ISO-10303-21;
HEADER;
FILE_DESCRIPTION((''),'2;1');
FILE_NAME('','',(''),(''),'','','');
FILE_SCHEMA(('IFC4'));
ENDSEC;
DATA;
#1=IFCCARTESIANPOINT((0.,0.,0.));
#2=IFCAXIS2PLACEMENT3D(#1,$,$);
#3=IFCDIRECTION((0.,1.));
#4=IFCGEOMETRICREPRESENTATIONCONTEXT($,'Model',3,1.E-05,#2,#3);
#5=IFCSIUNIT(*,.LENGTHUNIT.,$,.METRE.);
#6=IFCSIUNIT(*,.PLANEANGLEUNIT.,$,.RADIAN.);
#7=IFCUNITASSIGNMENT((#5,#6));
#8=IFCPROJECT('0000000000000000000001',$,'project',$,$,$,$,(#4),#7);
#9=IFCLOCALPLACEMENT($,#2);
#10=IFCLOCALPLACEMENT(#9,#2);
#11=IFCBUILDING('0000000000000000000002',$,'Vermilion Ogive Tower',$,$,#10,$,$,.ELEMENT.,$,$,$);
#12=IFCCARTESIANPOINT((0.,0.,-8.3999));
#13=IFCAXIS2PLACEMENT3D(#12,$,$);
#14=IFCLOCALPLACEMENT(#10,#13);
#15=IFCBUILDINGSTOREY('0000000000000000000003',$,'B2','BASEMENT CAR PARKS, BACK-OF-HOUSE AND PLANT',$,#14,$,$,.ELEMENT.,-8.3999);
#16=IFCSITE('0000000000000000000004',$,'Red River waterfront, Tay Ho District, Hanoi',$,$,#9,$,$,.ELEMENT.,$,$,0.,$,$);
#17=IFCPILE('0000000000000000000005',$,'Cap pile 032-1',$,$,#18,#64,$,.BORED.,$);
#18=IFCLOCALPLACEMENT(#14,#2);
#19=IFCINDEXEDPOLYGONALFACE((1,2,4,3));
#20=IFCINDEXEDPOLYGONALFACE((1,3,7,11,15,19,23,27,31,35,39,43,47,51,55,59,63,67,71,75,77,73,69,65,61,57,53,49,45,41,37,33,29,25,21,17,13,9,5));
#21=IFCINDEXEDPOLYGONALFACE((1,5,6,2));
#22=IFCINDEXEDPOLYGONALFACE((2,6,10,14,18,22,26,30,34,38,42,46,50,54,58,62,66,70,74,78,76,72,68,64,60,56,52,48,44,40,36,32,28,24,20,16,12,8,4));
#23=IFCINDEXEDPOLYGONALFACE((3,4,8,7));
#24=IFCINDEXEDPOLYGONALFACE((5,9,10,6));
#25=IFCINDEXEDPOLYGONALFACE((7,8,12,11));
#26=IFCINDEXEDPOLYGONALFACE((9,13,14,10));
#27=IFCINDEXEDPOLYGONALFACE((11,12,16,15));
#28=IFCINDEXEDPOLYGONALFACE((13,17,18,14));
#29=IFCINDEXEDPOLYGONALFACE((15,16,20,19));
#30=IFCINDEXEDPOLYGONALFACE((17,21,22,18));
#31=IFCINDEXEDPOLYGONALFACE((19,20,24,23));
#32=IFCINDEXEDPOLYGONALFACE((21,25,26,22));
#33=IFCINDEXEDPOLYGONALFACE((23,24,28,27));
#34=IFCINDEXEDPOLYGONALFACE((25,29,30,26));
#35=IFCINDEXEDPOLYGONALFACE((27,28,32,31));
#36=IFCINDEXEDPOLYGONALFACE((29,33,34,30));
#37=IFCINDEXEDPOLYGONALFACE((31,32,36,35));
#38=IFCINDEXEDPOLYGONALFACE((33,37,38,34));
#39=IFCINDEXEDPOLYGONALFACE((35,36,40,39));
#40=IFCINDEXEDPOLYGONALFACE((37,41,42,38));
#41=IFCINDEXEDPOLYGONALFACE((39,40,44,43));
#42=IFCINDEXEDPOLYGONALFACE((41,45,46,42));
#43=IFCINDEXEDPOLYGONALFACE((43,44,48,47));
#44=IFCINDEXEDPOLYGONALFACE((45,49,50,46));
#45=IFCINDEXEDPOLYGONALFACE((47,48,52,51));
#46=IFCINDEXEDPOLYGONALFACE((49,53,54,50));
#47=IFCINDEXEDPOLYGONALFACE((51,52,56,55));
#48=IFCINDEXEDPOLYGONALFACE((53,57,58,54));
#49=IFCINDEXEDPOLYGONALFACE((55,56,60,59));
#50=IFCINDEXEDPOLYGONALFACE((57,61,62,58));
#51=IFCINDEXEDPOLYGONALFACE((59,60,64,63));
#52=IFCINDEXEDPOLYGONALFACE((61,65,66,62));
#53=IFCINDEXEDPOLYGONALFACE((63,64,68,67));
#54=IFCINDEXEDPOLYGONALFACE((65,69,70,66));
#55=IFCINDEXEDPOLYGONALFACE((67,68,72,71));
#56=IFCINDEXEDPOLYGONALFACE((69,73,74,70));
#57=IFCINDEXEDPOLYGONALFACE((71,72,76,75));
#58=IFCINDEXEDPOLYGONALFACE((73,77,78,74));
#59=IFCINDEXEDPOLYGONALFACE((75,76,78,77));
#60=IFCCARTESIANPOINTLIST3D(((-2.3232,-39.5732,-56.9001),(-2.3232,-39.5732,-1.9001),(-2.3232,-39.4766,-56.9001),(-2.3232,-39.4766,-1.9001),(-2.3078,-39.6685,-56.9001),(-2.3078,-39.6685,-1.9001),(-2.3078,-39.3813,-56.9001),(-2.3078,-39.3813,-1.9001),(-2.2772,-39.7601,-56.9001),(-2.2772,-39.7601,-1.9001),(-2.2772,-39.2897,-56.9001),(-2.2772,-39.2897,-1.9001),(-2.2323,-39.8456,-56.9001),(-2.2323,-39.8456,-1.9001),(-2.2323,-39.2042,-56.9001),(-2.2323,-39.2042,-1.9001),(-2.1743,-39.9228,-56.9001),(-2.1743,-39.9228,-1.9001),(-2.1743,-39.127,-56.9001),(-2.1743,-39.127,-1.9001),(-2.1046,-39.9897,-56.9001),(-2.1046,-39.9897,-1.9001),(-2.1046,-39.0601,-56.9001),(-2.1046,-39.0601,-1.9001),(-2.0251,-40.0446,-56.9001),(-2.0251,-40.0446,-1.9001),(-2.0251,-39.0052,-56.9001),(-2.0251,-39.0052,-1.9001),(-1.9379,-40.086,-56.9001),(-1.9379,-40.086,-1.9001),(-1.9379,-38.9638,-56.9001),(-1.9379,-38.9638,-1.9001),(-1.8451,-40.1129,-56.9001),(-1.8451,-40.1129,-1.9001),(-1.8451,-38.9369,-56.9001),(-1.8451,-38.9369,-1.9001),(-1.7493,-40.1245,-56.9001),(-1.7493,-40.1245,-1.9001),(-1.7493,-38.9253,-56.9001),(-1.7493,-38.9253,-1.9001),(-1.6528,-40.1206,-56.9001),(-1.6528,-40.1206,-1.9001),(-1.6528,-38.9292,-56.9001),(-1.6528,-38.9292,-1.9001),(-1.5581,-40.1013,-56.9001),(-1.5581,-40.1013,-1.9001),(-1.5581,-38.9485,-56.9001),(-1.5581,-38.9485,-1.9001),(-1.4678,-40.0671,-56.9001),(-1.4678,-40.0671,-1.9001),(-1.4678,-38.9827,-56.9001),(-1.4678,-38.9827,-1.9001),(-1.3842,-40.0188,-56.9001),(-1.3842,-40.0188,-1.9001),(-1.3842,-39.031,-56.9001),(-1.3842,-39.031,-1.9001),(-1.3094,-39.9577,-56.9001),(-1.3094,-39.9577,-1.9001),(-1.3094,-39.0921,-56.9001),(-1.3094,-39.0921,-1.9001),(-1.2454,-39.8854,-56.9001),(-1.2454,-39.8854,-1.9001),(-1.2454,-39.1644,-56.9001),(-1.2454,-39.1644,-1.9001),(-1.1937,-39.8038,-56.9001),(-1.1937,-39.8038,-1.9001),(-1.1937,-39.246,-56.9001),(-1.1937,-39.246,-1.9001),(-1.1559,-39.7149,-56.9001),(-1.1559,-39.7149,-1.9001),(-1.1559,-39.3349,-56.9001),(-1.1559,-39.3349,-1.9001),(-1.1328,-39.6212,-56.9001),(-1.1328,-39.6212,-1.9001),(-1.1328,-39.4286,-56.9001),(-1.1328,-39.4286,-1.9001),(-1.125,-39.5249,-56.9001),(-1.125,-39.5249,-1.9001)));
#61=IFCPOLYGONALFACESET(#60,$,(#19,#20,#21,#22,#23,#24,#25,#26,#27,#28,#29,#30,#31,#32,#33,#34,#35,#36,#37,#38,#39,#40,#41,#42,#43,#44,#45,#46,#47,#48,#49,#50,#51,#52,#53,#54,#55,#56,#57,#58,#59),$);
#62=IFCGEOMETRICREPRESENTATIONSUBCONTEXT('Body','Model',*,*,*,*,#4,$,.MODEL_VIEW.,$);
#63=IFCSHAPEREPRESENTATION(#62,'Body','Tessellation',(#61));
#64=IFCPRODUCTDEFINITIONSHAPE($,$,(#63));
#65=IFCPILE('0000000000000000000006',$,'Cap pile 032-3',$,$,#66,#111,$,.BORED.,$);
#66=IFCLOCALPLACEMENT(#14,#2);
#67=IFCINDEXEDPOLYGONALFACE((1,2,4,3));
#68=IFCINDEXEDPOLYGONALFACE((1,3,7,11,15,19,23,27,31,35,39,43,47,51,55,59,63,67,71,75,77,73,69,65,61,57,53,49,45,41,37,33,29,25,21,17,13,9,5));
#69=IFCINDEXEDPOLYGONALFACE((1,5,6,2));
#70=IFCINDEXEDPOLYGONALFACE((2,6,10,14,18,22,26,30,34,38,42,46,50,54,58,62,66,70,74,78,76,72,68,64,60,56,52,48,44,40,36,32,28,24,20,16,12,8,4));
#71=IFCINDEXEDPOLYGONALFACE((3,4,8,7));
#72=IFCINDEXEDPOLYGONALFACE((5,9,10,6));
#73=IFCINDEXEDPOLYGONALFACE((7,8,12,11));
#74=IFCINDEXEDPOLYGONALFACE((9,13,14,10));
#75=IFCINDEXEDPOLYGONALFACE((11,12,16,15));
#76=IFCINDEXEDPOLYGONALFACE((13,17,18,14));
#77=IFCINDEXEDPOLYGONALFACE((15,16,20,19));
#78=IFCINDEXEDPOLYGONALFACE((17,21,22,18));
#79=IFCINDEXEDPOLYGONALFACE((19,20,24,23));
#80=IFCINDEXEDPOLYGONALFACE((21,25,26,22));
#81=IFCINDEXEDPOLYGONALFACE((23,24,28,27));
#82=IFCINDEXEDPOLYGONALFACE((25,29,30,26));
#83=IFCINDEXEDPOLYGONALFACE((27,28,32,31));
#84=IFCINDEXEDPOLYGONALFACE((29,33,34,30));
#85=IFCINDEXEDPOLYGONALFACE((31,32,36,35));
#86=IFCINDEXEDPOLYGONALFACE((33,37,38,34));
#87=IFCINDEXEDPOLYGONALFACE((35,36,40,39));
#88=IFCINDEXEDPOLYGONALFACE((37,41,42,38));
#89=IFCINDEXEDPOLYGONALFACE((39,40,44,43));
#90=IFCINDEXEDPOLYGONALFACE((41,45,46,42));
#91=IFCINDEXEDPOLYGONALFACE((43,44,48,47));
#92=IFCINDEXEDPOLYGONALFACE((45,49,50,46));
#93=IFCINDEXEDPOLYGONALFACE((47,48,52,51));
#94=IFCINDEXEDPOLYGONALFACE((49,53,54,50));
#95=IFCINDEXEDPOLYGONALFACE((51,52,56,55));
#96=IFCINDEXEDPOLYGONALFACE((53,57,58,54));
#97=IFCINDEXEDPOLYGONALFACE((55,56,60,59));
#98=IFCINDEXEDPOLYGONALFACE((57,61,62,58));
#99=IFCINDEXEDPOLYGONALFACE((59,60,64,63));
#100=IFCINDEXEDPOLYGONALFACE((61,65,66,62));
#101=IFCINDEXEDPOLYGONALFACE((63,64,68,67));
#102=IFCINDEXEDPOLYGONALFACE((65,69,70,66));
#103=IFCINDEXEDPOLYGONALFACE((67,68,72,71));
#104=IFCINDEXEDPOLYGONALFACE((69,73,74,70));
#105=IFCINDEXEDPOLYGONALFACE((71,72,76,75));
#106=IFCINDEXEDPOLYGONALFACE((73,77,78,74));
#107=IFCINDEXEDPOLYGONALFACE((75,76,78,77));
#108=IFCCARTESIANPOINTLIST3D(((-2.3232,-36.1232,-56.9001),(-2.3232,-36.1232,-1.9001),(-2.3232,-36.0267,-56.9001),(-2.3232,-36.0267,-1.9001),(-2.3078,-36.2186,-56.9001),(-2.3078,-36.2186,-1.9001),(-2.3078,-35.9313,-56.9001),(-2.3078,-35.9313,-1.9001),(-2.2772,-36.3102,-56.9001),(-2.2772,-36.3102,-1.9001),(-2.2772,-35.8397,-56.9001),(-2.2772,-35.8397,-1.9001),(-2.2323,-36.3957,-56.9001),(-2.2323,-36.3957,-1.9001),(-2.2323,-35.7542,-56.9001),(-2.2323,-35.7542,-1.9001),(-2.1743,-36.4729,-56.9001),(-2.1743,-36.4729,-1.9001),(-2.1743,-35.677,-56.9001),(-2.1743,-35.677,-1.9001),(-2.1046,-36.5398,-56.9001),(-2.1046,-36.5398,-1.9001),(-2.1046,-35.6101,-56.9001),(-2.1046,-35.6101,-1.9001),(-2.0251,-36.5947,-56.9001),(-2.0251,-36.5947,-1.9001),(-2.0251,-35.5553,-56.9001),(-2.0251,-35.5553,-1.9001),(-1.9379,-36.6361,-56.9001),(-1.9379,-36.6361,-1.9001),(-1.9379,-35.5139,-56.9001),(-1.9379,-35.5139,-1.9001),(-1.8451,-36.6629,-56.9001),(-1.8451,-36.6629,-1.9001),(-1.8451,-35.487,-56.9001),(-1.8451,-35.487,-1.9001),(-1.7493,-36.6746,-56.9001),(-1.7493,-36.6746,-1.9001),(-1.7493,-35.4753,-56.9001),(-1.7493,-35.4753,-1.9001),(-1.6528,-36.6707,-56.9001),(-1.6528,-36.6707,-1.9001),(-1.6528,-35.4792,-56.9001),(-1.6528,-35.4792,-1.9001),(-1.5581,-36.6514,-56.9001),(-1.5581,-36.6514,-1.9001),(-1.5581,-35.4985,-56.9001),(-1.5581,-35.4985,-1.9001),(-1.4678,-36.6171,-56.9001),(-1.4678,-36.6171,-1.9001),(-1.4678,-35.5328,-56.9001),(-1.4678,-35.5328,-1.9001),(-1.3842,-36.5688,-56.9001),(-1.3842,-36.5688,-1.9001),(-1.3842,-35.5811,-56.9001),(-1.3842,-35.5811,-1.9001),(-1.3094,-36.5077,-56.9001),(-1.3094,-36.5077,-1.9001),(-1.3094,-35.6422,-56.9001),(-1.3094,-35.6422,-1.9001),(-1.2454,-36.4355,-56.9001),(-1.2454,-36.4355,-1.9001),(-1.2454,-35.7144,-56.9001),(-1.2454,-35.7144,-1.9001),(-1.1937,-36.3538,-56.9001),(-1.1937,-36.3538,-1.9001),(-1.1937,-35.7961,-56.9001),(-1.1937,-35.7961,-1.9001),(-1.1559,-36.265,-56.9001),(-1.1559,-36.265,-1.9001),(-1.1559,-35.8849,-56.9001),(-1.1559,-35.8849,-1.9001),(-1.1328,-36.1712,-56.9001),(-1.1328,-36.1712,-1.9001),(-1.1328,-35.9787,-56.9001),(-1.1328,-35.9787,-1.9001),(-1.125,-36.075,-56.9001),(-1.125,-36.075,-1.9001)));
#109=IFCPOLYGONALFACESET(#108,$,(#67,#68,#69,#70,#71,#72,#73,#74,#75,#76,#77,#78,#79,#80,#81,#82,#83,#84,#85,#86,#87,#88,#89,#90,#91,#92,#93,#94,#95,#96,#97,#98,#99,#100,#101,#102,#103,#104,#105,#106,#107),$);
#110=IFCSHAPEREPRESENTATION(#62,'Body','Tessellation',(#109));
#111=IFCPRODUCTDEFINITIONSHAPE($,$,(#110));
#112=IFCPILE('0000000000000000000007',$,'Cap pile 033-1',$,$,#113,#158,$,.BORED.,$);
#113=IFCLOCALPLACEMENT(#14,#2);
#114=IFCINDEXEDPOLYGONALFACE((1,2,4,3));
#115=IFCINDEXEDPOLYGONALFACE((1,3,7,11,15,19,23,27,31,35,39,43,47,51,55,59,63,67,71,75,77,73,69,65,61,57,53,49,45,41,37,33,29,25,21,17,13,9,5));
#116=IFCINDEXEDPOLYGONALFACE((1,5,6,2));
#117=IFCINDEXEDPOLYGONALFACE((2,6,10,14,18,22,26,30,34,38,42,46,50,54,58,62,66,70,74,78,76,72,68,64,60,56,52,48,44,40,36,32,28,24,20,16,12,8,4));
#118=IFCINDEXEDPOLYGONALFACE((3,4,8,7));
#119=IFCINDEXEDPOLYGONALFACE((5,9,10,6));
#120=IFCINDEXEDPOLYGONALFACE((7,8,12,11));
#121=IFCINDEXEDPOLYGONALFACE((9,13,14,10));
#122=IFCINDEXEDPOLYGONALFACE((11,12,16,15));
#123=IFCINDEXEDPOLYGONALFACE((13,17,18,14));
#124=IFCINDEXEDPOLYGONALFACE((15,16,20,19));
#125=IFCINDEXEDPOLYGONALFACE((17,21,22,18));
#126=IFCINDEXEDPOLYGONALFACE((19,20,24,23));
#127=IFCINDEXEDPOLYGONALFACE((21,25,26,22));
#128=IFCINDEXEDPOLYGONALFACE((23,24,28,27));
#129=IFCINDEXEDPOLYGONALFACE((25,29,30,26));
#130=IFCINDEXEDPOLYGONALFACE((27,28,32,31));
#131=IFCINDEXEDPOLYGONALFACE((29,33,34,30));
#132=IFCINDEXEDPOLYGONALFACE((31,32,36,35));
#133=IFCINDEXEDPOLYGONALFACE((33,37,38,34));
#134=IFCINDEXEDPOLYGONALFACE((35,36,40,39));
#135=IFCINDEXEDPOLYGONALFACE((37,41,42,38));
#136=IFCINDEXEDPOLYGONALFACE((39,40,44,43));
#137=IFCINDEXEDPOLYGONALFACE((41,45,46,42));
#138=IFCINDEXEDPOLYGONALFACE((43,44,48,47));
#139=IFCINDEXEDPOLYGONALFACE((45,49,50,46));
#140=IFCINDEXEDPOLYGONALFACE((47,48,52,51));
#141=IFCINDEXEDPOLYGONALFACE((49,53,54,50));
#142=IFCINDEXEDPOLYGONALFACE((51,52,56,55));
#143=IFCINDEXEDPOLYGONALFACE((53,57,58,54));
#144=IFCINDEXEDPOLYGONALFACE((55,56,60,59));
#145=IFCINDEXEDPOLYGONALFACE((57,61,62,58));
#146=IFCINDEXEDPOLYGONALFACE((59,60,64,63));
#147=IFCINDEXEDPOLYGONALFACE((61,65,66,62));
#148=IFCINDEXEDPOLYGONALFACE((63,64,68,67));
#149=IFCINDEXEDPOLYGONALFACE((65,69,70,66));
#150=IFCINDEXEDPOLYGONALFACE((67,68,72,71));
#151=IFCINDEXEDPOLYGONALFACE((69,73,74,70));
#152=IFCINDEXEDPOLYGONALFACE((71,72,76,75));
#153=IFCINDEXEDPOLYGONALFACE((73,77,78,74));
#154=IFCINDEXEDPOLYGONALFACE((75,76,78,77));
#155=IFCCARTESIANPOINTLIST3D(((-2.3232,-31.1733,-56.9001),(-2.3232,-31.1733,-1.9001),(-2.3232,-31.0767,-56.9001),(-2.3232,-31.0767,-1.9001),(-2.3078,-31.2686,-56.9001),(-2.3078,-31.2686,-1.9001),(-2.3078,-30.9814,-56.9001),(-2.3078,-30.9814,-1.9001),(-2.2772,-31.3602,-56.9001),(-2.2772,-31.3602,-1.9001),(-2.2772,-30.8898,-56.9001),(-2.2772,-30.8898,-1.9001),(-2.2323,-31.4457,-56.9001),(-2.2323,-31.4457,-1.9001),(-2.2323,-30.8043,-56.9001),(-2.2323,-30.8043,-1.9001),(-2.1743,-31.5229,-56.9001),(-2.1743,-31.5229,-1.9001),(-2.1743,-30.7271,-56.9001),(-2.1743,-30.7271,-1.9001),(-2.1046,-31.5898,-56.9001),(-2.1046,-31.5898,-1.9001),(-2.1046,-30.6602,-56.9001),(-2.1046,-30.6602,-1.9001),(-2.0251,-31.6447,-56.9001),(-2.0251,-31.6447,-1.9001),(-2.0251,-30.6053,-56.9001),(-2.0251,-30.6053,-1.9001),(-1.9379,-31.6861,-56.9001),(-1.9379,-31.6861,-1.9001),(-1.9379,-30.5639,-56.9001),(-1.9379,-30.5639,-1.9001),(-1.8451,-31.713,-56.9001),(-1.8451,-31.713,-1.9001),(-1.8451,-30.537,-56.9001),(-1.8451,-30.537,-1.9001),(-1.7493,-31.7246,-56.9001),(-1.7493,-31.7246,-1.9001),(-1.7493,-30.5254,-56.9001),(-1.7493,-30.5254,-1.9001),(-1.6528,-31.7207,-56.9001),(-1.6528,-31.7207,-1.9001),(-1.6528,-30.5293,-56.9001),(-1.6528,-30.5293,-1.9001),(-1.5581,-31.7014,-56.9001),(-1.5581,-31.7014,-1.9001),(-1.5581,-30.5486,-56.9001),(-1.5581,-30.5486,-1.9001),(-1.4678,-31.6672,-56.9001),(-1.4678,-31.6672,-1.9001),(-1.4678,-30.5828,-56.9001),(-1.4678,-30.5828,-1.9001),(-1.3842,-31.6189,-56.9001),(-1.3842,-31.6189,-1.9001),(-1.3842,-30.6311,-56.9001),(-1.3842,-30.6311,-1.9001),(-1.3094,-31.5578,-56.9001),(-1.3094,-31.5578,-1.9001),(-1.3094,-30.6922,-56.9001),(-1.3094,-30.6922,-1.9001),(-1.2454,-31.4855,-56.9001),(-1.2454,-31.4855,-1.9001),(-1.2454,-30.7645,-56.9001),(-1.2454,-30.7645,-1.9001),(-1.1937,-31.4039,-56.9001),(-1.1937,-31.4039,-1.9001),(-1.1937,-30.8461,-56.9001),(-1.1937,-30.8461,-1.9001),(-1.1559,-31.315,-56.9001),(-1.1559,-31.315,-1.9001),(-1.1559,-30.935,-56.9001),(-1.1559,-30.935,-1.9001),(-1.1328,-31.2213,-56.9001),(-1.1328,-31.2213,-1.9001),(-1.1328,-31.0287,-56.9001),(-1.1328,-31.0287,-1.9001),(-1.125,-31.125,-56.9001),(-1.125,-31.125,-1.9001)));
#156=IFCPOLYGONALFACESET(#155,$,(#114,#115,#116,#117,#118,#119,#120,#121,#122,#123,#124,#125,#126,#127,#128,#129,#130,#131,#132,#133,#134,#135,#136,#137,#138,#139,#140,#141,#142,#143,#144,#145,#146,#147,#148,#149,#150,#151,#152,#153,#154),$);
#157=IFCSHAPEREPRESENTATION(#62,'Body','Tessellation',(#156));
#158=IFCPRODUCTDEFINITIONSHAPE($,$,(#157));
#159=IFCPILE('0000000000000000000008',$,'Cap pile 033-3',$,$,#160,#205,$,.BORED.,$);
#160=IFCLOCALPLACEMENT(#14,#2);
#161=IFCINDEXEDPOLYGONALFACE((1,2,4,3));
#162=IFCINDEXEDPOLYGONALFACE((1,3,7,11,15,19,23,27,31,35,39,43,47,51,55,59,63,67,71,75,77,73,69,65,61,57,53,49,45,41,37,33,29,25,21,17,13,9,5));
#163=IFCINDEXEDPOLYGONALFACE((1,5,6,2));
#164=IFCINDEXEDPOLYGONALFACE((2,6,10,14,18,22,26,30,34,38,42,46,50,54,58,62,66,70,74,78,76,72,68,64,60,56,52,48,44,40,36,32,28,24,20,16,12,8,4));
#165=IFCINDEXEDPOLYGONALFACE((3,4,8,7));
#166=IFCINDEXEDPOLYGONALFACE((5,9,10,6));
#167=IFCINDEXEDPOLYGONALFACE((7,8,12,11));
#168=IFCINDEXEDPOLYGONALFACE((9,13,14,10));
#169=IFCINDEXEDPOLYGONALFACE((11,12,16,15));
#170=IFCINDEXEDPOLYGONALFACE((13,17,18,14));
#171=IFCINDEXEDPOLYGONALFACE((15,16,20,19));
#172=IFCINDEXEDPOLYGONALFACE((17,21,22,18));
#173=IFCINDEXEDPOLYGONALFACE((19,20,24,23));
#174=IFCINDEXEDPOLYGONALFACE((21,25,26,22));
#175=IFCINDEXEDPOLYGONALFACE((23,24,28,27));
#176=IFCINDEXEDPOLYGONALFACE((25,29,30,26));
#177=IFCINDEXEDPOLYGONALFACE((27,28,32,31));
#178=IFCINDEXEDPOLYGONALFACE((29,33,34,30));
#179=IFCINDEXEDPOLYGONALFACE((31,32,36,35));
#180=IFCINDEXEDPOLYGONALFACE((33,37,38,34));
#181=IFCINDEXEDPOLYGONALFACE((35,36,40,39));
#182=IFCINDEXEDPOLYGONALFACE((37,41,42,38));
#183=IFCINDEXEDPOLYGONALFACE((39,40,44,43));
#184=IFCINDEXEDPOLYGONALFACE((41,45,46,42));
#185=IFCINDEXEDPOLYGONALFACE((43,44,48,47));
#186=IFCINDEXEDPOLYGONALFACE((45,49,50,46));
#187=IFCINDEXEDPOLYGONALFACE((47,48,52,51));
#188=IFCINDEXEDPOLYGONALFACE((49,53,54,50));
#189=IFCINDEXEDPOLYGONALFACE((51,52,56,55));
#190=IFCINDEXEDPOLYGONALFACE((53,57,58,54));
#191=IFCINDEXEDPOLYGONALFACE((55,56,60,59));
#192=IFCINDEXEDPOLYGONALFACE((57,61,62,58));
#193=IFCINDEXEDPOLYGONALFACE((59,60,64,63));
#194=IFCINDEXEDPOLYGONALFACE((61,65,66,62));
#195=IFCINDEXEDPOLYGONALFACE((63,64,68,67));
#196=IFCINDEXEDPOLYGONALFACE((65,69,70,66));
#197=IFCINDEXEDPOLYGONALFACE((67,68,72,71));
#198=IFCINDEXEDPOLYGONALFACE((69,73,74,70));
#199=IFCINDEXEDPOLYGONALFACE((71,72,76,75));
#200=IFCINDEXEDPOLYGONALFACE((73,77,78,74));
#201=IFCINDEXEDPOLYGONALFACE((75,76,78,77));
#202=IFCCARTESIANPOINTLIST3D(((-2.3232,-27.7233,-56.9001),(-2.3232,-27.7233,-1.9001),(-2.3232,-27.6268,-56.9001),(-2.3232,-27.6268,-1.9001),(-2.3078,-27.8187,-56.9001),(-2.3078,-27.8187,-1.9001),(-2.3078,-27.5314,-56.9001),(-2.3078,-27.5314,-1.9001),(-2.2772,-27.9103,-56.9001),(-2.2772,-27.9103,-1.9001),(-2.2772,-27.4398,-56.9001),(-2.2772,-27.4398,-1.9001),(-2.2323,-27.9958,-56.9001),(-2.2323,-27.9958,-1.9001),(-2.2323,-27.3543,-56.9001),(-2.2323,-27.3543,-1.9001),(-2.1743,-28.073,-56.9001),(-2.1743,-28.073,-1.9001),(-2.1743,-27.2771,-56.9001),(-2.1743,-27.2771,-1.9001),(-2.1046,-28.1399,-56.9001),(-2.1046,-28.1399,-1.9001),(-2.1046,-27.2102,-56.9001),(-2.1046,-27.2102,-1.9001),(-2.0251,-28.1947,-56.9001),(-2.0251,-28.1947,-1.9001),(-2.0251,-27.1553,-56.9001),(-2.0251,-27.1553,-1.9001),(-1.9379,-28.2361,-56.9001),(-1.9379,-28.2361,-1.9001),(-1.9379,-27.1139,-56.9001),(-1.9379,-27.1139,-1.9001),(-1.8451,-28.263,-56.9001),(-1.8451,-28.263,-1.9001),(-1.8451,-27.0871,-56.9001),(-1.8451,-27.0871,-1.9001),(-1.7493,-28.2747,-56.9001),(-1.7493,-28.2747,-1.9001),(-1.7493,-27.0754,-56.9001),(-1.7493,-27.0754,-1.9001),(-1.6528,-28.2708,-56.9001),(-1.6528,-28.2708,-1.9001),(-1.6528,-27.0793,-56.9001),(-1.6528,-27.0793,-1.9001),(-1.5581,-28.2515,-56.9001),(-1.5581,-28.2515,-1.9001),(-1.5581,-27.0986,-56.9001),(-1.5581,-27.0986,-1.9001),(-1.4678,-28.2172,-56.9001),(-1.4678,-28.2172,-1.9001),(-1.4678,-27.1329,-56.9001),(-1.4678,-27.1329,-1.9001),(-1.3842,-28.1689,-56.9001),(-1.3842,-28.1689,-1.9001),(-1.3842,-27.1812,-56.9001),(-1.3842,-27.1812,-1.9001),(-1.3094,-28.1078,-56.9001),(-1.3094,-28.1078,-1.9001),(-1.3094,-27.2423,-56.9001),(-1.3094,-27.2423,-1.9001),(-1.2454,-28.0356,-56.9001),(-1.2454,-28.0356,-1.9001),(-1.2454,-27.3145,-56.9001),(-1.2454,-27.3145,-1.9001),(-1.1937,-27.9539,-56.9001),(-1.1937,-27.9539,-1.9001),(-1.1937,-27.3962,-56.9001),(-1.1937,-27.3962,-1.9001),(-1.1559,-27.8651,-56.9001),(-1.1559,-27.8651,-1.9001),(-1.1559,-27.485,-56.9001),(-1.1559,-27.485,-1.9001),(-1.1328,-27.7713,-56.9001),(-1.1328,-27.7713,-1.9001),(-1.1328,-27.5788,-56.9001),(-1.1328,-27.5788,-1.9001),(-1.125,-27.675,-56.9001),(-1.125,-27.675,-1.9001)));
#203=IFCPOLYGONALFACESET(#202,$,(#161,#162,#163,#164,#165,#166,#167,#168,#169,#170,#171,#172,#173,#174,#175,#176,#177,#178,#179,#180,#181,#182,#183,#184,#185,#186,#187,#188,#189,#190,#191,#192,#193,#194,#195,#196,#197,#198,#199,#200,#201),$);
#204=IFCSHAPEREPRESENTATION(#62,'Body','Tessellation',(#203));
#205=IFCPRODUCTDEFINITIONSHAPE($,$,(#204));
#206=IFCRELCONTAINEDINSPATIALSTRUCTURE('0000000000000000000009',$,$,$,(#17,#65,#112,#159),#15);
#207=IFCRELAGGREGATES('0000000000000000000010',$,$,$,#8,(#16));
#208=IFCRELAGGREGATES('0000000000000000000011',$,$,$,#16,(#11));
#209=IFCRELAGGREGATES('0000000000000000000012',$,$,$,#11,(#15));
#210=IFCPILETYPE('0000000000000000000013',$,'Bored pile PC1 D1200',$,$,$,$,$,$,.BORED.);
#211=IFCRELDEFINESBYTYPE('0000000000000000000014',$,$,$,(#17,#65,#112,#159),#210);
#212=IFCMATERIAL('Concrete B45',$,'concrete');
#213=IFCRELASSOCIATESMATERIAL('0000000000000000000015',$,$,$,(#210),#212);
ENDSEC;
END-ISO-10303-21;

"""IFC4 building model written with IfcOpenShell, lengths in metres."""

from ifc_helpers import new_model, si_unit, direction, frame, origin, origin_2d, place, context, subcontext, project, spatial, circle, extrude, material, type_object, element, save


model = new_model("IFC4")

# Units and contexts
model_context = context("Model", 3, precision=1e-05, world=origin(), true_north=direction((0.0, 1.0)))
body_context = subcontext(model_context, "Body", "Model", "MODEL_VIEW")
ifc_project = project(units=[si_unit("LENGTHUNIT", "METRE"), si_unit("PLANEANGLEUNIT", "RADIAN")], contexts=[model_context])

# Site, building, storey
site_placement = place(None, origin())
site = spatial("IfcSite", under=ifc_project, at=site_placement, Name="Red River waterfront, Tay Ho District, Hanoi", CompositionType="ELEMENT", RefElevation=0.0)
building_placement = place(site_placement, origin())
building = spatial("IfcBuilding", under=site, at=building_placement, Name="Vermilion Ogive Tower", CompositionType="ELEMENT")
storey_placement = place(building_placement, frame((0.0, 0.0, -8.3999)))
storey = spatial("IfcBuildingStorey", under=building, at=storey_placement, Name="B2", Description="BASEMENT CAR PARKS, BACK-OF-HOUSE AND PLANT", CompositionType="ELEMENT", Elevation=-8.3999)

# Piles
ifc_material_1 = material(Name="Concrete B45", Category="concrete")
pile_type_1 = type_object("IfcPileType", Name="Bored pile PC1 D1200", PredefinedType="BORED", material=ifc_material_1)
for number, where, z_axis, x_axis, name in (
    (1, (-1.7251, -39.5249, -1.9001), (0.0, 0.0, -1.0), (1.0, 0.0, 0.0), "Cap pile 032-1"),
    (2, (-1.7251, -36.075, -1.9001), (0.0, 0.0, -1.0), (1.0, 0.0, 0.0), "Cap pile 032-3"),
    (3, (-1.7251, -31.125, -1.9001), (0.0, 0.0, -1.0), (1.0, 0.0, 0.0), "Cap pile 033-1"),
    (4, (-1.7251, -27.675, -1.9001), (0.0, 0.0, -1.0), (1.0, 0.0, 0.0), "Cap pile 033-3"),
):
    element("IfcPile", number, at=place(storey_placement, frame(where, z_axis=z_axis, x_axis=x_axis)), inside=storey, type_object=pile_type_1, Name=name, PredefinedType="BORED", context=body_context, shape_type="SweptSolid", body=[
        extrude(circle(Radius=0.6001, at=origin_2d()), origin(), (0.0, 0.0, 1.0), 55.0),
    ])

save(model, "model.ifc")
